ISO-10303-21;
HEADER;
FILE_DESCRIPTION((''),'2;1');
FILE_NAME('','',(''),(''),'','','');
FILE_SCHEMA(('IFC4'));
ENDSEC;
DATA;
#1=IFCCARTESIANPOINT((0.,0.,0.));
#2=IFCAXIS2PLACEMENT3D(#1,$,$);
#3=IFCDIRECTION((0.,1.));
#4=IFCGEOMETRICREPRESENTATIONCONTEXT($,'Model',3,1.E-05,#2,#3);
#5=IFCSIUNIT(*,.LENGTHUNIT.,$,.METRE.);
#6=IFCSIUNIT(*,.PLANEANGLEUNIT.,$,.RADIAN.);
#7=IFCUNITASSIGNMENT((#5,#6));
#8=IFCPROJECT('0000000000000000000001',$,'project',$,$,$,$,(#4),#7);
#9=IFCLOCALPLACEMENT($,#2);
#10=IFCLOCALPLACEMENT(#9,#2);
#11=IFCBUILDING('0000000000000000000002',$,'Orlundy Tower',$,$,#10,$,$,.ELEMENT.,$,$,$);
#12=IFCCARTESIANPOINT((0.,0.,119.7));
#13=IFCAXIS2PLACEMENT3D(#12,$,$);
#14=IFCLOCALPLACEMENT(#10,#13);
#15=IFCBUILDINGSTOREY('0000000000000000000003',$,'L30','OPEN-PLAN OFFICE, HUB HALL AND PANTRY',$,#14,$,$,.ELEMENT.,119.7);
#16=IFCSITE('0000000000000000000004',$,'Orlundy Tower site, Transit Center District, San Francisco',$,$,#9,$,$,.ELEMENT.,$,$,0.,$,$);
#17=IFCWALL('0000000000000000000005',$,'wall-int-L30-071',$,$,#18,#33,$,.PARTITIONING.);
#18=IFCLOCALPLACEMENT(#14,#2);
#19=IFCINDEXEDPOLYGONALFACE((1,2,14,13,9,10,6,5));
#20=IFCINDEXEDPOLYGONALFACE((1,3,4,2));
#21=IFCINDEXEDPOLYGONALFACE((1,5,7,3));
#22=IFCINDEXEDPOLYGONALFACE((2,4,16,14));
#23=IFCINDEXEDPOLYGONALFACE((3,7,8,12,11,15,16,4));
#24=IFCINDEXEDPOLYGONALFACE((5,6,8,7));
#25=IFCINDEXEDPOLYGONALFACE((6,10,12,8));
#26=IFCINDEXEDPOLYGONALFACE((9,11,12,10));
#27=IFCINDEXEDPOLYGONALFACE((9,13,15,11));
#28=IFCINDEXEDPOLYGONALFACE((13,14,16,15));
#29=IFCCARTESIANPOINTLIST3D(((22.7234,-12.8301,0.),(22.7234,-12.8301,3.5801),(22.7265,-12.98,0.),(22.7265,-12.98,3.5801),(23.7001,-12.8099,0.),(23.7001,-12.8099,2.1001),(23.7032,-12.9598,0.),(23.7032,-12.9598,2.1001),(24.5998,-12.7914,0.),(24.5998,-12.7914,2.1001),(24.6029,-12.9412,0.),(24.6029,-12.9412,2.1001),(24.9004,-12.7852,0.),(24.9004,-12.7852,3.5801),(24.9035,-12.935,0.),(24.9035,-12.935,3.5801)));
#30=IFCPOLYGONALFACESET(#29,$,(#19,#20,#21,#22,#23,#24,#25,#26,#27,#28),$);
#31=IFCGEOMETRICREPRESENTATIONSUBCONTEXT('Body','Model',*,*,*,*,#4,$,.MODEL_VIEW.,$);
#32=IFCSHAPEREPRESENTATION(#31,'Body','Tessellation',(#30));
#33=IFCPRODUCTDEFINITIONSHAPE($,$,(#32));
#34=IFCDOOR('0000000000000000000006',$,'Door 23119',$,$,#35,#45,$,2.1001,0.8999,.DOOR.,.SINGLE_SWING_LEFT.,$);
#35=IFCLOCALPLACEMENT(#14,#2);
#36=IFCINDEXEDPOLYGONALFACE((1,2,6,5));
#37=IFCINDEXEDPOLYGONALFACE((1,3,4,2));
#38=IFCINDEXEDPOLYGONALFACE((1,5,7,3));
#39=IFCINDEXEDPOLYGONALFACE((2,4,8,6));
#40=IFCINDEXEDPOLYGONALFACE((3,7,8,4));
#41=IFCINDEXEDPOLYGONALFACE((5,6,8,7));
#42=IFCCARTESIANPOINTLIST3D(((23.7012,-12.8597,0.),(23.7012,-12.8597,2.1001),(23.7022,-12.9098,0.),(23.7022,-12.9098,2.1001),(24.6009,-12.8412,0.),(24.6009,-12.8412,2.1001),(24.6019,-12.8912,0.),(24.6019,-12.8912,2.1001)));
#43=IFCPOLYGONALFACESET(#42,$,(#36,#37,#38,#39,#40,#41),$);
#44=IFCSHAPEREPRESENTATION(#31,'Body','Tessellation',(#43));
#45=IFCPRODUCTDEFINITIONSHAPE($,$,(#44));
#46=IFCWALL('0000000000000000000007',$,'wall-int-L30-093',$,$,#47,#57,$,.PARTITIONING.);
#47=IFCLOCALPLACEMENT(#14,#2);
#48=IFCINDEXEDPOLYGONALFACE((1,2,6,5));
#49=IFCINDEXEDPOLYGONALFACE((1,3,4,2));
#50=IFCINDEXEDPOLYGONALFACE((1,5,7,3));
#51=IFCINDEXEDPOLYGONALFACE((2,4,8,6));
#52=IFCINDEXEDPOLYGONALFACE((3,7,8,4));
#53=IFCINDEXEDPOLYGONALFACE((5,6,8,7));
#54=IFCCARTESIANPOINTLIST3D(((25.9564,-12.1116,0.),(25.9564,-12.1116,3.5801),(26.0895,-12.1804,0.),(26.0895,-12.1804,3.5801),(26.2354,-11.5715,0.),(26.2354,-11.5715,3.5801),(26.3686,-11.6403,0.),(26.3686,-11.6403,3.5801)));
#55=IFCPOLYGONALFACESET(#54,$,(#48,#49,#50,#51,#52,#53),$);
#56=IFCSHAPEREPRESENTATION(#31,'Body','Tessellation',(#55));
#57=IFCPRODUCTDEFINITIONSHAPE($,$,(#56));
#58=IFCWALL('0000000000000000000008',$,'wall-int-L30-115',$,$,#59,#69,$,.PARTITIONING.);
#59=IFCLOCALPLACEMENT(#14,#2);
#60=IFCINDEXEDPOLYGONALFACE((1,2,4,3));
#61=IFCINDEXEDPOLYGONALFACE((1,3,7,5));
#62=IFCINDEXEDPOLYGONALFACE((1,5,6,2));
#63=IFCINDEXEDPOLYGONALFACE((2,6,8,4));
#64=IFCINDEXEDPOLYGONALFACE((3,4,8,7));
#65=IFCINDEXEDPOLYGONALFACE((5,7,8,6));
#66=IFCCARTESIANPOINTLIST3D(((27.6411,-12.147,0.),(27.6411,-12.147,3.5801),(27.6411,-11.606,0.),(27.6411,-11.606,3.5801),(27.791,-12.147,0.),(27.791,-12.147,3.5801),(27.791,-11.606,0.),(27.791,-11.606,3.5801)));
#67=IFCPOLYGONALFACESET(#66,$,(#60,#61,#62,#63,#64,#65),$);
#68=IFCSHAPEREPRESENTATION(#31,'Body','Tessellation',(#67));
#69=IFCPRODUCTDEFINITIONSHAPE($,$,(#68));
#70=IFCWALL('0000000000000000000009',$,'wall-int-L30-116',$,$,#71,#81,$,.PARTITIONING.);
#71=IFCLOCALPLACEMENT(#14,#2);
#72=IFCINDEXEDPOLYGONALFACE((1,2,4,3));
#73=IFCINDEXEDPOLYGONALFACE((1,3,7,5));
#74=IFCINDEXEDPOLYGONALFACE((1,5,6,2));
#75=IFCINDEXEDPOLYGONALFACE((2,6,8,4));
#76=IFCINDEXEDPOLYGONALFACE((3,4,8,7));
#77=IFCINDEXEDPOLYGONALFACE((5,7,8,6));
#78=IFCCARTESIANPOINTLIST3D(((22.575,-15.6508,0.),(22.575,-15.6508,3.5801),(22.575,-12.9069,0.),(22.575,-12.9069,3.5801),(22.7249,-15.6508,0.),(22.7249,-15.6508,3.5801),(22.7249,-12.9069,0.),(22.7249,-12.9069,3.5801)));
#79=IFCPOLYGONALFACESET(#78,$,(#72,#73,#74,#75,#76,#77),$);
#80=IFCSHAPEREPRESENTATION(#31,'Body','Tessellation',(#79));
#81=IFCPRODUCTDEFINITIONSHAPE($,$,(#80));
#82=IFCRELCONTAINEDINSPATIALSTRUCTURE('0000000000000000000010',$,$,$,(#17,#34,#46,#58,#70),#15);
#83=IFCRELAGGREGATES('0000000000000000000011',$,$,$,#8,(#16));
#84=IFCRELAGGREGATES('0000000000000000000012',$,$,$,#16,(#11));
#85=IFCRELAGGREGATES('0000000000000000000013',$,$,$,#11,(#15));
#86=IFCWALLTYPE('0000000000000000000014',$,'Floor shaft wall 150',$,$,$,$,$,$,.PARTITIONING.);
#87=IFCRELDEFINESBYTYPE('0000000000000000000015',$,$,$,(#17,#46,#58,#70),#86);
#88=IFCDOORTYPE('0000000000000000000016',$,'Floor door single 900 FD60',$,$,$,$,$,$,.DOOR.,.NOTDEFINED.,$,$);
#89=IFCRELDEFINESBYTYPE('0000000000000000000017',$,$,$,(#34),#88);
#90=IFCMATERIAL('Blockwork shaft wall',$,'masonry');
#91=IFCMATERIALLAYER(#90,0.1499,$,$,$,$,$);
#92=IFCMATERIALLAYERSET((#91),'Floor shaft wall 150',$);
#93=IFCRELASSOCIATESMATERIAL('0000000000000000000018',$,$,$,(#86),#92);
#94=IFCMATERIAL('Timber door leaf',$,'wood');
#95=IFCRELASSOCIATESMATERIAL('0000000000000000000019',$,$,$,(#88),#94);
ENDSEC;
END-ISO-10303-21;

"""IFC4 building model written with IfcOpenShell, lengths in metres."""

from ifc_helpers import new_model, si_unit, direction, frame, frame_2d, origin, place, context, subcontext, project, spatial, rectangle, extrude, material, layer, layer_set, type_object, element, fill, save


model = new_model("IFC4")

# Units and contexts
model_context = context("Model", 3, precision=1e-05, world=origin(), true_north=direction((0.0, 1.0)))
body_context = subcontext(model_context, "Body", "Model", "MODEL_VIEW")
ifc_project = project(units=[si_unit("LENGTHUNIT", "METRE"), si_unit("PLANEANGLEUNIT", "RADIAN")], contexts=[model_context])

# Site, building, storey
site_placement = place(None, origin())
site = spatial("IfcSite", under=ifc_project, at=site_placement, Name="Orlundy Tower site, Transit Center District, San Francisco", CompositionType="ELEMENT", RefElevation=0.0)
building_placement = place(site_placement, origin())
building = spatial("IfcBuilding", under=site, at=building_placement, Name="Orlundy Tower", CompositionType="ELEMENT")
storey_placement = place(building_placement, frame((0.0, 0.0, 119.7)))
storey = spatial("IfcBuildingStorey", under=building, at=storey_placement, Name="L30", Description="OPEN-PLAN OFFICE, HUB HALL AND PANTRY", CompositionType="ELEMENT", Elevation=119.7)

# Shared definitions
ifc_material_1 = material(Name="Blockwork shaft wall", Category="masonry")
ifc_layer_1 = layer(ifc_material_1, 0.1499)
ifc_layer_set_1 = layer_set([ifc_layer_1], Name="Floor shaft wall 150")
wall_type_1 = type_object("IfcWallType", Name="Floor shaft wall 150", PredefinedType="PARTITIONING", material=ifc_layer_set_1)

# Wall, opening, door
wall_1_placement = place(storey_placement, frame((24.9021, -12.8601, 0.0), z_axis=(0.0, 0.0, 1.0), x_axis=(-0.999787, -0.02063, 0.0)))
wall_1 = element("IfcWall", 1, at=wall_1_placement, inside=storey, type_object=wall_type_1, Name="wall-int-L30-071", PredefinedType="PARTITIONING", context=body_context, shape_type="SweptSolid", body=[
    extrude(rectangle(XDim=2.1775, YDim=0.1499, at=frame_2d((1.0889, 0.0))), origin(), (0.0, 0.0, 1.0), 3.5801),
])
opening_1_placement = place(wall_1_placement, frame((0.3008, 0.0, 0.0)))
opening_1 = element("IfcOpeningElement", 2, at=opening_1_placement, cuts=wall_1, PredefinedType="OPENING", context=body_context, shape_type="SweptSolid", body=[
    extrude(rectangle(XDim=0.8999, YDim=2.1001, at=frame_2d((0.45, 1.05))), frame((0.0, 0.085, 0.0), z_axis=(0.0, -1.0, 0.0), x_axis=(1.0, 0.0, 0.0)), (0.0, 0.0, 1.0), 0.1699),
])
ifc_material_2 = material(Name="Timber door leaf", Category="wood")
door_type_1 = type_object("IfcDoorType", Name="Floor door single 900 FD60", OperationType="NOTDEFINED", PredefinedType="DOOR", material=ifc_material_2)
door_1_placement = place(opening_1_placement, origin())
door_1 = element("IfcDoor", 3, at=door_1_placement, inside=storey, type_object=door_type_1, Name="Door 23119", OperationType="SINGLE_SWING_LEFT", OverallHeight=2.1001, OverallWidth=0.8999, PredefinedType="DOOR", context=body_context, shape_type="SweptSolid", body=[
    extrude(rectangle(XDim=0.8999, YDim=2.1001, at=frame_2d((0.45, 1.05))), frame((0.0, 0.0249, 0.0), z_axis=(0.0, -1.0, 0.0), x_axis=(1.0, 0.0, 0.0)), (0.0, 0.0, 1.0), 0.05),
])
fill(opening_1, door_1)

# Walls
wall_2_placement = place(storey_placement, frame((26.0229, -12.146, 0.0), z_axis=(0.0, 0.0, 1.0), x_axis=(0.459062, 0.888404, 0.0)))
element("IfcWall", 4, at=wall_2_placement, inside=storey, type_object=wall_type_1, Name="wall-int-L30-093", PredefinedType="PARTITIONING", context=body_context, shape_type="SweptSolid", body=[
    extrude(rectangle(XDim=0.6079, YDim=0.1499, at=frame_2d((0.304, 0.0))), origin(), (0.0, 0.0, 1.0), 3.5801),
])
wall_3_placement = place(storey_placement, frame((27.7161, -12.147, 0.0), z_axis=(0.0, 0.0, 1.0), x_axis=(0.0, 1.0, 0.0)))
element("IfcWall", 5, at=wall_3_placement, inside=storey, type_object=wall_type_1, Name="wall-int-L30-115", PredefinedType="PARTITIONING", context=body_context, shape_type="SweptSolid", body=[
    extrude(rectangle(XDim=0.541, YDim=0.1499, at=frame_2d((0.2705, 0.0))), origin(), (0.0, 0.0, 1.0), 3.5801),
])
wall_4_placement = place(storey_placement, frame((22.6499, -15.6509, 0.0), z_axis=(0.0, 0.0, 1.0), x_axis=(0.0, 1.0, 0.0)))
element("IfcWall", 6, at=wall_4_placement, inside=storey, type_object=wall_type_1, Name="wall-int-L30-116", PredefinedType="PARTITIONING", context=body_context, shape_type="SweptSolid", body=[
    extrude(rectangle(XDim=2.7439, YDim=0.1499, at=frame_2d((1.3721, 0.0))), origin(), (0.0, 0.0, 1.0), 3.5801),
])

save(model, "model.ifc")
